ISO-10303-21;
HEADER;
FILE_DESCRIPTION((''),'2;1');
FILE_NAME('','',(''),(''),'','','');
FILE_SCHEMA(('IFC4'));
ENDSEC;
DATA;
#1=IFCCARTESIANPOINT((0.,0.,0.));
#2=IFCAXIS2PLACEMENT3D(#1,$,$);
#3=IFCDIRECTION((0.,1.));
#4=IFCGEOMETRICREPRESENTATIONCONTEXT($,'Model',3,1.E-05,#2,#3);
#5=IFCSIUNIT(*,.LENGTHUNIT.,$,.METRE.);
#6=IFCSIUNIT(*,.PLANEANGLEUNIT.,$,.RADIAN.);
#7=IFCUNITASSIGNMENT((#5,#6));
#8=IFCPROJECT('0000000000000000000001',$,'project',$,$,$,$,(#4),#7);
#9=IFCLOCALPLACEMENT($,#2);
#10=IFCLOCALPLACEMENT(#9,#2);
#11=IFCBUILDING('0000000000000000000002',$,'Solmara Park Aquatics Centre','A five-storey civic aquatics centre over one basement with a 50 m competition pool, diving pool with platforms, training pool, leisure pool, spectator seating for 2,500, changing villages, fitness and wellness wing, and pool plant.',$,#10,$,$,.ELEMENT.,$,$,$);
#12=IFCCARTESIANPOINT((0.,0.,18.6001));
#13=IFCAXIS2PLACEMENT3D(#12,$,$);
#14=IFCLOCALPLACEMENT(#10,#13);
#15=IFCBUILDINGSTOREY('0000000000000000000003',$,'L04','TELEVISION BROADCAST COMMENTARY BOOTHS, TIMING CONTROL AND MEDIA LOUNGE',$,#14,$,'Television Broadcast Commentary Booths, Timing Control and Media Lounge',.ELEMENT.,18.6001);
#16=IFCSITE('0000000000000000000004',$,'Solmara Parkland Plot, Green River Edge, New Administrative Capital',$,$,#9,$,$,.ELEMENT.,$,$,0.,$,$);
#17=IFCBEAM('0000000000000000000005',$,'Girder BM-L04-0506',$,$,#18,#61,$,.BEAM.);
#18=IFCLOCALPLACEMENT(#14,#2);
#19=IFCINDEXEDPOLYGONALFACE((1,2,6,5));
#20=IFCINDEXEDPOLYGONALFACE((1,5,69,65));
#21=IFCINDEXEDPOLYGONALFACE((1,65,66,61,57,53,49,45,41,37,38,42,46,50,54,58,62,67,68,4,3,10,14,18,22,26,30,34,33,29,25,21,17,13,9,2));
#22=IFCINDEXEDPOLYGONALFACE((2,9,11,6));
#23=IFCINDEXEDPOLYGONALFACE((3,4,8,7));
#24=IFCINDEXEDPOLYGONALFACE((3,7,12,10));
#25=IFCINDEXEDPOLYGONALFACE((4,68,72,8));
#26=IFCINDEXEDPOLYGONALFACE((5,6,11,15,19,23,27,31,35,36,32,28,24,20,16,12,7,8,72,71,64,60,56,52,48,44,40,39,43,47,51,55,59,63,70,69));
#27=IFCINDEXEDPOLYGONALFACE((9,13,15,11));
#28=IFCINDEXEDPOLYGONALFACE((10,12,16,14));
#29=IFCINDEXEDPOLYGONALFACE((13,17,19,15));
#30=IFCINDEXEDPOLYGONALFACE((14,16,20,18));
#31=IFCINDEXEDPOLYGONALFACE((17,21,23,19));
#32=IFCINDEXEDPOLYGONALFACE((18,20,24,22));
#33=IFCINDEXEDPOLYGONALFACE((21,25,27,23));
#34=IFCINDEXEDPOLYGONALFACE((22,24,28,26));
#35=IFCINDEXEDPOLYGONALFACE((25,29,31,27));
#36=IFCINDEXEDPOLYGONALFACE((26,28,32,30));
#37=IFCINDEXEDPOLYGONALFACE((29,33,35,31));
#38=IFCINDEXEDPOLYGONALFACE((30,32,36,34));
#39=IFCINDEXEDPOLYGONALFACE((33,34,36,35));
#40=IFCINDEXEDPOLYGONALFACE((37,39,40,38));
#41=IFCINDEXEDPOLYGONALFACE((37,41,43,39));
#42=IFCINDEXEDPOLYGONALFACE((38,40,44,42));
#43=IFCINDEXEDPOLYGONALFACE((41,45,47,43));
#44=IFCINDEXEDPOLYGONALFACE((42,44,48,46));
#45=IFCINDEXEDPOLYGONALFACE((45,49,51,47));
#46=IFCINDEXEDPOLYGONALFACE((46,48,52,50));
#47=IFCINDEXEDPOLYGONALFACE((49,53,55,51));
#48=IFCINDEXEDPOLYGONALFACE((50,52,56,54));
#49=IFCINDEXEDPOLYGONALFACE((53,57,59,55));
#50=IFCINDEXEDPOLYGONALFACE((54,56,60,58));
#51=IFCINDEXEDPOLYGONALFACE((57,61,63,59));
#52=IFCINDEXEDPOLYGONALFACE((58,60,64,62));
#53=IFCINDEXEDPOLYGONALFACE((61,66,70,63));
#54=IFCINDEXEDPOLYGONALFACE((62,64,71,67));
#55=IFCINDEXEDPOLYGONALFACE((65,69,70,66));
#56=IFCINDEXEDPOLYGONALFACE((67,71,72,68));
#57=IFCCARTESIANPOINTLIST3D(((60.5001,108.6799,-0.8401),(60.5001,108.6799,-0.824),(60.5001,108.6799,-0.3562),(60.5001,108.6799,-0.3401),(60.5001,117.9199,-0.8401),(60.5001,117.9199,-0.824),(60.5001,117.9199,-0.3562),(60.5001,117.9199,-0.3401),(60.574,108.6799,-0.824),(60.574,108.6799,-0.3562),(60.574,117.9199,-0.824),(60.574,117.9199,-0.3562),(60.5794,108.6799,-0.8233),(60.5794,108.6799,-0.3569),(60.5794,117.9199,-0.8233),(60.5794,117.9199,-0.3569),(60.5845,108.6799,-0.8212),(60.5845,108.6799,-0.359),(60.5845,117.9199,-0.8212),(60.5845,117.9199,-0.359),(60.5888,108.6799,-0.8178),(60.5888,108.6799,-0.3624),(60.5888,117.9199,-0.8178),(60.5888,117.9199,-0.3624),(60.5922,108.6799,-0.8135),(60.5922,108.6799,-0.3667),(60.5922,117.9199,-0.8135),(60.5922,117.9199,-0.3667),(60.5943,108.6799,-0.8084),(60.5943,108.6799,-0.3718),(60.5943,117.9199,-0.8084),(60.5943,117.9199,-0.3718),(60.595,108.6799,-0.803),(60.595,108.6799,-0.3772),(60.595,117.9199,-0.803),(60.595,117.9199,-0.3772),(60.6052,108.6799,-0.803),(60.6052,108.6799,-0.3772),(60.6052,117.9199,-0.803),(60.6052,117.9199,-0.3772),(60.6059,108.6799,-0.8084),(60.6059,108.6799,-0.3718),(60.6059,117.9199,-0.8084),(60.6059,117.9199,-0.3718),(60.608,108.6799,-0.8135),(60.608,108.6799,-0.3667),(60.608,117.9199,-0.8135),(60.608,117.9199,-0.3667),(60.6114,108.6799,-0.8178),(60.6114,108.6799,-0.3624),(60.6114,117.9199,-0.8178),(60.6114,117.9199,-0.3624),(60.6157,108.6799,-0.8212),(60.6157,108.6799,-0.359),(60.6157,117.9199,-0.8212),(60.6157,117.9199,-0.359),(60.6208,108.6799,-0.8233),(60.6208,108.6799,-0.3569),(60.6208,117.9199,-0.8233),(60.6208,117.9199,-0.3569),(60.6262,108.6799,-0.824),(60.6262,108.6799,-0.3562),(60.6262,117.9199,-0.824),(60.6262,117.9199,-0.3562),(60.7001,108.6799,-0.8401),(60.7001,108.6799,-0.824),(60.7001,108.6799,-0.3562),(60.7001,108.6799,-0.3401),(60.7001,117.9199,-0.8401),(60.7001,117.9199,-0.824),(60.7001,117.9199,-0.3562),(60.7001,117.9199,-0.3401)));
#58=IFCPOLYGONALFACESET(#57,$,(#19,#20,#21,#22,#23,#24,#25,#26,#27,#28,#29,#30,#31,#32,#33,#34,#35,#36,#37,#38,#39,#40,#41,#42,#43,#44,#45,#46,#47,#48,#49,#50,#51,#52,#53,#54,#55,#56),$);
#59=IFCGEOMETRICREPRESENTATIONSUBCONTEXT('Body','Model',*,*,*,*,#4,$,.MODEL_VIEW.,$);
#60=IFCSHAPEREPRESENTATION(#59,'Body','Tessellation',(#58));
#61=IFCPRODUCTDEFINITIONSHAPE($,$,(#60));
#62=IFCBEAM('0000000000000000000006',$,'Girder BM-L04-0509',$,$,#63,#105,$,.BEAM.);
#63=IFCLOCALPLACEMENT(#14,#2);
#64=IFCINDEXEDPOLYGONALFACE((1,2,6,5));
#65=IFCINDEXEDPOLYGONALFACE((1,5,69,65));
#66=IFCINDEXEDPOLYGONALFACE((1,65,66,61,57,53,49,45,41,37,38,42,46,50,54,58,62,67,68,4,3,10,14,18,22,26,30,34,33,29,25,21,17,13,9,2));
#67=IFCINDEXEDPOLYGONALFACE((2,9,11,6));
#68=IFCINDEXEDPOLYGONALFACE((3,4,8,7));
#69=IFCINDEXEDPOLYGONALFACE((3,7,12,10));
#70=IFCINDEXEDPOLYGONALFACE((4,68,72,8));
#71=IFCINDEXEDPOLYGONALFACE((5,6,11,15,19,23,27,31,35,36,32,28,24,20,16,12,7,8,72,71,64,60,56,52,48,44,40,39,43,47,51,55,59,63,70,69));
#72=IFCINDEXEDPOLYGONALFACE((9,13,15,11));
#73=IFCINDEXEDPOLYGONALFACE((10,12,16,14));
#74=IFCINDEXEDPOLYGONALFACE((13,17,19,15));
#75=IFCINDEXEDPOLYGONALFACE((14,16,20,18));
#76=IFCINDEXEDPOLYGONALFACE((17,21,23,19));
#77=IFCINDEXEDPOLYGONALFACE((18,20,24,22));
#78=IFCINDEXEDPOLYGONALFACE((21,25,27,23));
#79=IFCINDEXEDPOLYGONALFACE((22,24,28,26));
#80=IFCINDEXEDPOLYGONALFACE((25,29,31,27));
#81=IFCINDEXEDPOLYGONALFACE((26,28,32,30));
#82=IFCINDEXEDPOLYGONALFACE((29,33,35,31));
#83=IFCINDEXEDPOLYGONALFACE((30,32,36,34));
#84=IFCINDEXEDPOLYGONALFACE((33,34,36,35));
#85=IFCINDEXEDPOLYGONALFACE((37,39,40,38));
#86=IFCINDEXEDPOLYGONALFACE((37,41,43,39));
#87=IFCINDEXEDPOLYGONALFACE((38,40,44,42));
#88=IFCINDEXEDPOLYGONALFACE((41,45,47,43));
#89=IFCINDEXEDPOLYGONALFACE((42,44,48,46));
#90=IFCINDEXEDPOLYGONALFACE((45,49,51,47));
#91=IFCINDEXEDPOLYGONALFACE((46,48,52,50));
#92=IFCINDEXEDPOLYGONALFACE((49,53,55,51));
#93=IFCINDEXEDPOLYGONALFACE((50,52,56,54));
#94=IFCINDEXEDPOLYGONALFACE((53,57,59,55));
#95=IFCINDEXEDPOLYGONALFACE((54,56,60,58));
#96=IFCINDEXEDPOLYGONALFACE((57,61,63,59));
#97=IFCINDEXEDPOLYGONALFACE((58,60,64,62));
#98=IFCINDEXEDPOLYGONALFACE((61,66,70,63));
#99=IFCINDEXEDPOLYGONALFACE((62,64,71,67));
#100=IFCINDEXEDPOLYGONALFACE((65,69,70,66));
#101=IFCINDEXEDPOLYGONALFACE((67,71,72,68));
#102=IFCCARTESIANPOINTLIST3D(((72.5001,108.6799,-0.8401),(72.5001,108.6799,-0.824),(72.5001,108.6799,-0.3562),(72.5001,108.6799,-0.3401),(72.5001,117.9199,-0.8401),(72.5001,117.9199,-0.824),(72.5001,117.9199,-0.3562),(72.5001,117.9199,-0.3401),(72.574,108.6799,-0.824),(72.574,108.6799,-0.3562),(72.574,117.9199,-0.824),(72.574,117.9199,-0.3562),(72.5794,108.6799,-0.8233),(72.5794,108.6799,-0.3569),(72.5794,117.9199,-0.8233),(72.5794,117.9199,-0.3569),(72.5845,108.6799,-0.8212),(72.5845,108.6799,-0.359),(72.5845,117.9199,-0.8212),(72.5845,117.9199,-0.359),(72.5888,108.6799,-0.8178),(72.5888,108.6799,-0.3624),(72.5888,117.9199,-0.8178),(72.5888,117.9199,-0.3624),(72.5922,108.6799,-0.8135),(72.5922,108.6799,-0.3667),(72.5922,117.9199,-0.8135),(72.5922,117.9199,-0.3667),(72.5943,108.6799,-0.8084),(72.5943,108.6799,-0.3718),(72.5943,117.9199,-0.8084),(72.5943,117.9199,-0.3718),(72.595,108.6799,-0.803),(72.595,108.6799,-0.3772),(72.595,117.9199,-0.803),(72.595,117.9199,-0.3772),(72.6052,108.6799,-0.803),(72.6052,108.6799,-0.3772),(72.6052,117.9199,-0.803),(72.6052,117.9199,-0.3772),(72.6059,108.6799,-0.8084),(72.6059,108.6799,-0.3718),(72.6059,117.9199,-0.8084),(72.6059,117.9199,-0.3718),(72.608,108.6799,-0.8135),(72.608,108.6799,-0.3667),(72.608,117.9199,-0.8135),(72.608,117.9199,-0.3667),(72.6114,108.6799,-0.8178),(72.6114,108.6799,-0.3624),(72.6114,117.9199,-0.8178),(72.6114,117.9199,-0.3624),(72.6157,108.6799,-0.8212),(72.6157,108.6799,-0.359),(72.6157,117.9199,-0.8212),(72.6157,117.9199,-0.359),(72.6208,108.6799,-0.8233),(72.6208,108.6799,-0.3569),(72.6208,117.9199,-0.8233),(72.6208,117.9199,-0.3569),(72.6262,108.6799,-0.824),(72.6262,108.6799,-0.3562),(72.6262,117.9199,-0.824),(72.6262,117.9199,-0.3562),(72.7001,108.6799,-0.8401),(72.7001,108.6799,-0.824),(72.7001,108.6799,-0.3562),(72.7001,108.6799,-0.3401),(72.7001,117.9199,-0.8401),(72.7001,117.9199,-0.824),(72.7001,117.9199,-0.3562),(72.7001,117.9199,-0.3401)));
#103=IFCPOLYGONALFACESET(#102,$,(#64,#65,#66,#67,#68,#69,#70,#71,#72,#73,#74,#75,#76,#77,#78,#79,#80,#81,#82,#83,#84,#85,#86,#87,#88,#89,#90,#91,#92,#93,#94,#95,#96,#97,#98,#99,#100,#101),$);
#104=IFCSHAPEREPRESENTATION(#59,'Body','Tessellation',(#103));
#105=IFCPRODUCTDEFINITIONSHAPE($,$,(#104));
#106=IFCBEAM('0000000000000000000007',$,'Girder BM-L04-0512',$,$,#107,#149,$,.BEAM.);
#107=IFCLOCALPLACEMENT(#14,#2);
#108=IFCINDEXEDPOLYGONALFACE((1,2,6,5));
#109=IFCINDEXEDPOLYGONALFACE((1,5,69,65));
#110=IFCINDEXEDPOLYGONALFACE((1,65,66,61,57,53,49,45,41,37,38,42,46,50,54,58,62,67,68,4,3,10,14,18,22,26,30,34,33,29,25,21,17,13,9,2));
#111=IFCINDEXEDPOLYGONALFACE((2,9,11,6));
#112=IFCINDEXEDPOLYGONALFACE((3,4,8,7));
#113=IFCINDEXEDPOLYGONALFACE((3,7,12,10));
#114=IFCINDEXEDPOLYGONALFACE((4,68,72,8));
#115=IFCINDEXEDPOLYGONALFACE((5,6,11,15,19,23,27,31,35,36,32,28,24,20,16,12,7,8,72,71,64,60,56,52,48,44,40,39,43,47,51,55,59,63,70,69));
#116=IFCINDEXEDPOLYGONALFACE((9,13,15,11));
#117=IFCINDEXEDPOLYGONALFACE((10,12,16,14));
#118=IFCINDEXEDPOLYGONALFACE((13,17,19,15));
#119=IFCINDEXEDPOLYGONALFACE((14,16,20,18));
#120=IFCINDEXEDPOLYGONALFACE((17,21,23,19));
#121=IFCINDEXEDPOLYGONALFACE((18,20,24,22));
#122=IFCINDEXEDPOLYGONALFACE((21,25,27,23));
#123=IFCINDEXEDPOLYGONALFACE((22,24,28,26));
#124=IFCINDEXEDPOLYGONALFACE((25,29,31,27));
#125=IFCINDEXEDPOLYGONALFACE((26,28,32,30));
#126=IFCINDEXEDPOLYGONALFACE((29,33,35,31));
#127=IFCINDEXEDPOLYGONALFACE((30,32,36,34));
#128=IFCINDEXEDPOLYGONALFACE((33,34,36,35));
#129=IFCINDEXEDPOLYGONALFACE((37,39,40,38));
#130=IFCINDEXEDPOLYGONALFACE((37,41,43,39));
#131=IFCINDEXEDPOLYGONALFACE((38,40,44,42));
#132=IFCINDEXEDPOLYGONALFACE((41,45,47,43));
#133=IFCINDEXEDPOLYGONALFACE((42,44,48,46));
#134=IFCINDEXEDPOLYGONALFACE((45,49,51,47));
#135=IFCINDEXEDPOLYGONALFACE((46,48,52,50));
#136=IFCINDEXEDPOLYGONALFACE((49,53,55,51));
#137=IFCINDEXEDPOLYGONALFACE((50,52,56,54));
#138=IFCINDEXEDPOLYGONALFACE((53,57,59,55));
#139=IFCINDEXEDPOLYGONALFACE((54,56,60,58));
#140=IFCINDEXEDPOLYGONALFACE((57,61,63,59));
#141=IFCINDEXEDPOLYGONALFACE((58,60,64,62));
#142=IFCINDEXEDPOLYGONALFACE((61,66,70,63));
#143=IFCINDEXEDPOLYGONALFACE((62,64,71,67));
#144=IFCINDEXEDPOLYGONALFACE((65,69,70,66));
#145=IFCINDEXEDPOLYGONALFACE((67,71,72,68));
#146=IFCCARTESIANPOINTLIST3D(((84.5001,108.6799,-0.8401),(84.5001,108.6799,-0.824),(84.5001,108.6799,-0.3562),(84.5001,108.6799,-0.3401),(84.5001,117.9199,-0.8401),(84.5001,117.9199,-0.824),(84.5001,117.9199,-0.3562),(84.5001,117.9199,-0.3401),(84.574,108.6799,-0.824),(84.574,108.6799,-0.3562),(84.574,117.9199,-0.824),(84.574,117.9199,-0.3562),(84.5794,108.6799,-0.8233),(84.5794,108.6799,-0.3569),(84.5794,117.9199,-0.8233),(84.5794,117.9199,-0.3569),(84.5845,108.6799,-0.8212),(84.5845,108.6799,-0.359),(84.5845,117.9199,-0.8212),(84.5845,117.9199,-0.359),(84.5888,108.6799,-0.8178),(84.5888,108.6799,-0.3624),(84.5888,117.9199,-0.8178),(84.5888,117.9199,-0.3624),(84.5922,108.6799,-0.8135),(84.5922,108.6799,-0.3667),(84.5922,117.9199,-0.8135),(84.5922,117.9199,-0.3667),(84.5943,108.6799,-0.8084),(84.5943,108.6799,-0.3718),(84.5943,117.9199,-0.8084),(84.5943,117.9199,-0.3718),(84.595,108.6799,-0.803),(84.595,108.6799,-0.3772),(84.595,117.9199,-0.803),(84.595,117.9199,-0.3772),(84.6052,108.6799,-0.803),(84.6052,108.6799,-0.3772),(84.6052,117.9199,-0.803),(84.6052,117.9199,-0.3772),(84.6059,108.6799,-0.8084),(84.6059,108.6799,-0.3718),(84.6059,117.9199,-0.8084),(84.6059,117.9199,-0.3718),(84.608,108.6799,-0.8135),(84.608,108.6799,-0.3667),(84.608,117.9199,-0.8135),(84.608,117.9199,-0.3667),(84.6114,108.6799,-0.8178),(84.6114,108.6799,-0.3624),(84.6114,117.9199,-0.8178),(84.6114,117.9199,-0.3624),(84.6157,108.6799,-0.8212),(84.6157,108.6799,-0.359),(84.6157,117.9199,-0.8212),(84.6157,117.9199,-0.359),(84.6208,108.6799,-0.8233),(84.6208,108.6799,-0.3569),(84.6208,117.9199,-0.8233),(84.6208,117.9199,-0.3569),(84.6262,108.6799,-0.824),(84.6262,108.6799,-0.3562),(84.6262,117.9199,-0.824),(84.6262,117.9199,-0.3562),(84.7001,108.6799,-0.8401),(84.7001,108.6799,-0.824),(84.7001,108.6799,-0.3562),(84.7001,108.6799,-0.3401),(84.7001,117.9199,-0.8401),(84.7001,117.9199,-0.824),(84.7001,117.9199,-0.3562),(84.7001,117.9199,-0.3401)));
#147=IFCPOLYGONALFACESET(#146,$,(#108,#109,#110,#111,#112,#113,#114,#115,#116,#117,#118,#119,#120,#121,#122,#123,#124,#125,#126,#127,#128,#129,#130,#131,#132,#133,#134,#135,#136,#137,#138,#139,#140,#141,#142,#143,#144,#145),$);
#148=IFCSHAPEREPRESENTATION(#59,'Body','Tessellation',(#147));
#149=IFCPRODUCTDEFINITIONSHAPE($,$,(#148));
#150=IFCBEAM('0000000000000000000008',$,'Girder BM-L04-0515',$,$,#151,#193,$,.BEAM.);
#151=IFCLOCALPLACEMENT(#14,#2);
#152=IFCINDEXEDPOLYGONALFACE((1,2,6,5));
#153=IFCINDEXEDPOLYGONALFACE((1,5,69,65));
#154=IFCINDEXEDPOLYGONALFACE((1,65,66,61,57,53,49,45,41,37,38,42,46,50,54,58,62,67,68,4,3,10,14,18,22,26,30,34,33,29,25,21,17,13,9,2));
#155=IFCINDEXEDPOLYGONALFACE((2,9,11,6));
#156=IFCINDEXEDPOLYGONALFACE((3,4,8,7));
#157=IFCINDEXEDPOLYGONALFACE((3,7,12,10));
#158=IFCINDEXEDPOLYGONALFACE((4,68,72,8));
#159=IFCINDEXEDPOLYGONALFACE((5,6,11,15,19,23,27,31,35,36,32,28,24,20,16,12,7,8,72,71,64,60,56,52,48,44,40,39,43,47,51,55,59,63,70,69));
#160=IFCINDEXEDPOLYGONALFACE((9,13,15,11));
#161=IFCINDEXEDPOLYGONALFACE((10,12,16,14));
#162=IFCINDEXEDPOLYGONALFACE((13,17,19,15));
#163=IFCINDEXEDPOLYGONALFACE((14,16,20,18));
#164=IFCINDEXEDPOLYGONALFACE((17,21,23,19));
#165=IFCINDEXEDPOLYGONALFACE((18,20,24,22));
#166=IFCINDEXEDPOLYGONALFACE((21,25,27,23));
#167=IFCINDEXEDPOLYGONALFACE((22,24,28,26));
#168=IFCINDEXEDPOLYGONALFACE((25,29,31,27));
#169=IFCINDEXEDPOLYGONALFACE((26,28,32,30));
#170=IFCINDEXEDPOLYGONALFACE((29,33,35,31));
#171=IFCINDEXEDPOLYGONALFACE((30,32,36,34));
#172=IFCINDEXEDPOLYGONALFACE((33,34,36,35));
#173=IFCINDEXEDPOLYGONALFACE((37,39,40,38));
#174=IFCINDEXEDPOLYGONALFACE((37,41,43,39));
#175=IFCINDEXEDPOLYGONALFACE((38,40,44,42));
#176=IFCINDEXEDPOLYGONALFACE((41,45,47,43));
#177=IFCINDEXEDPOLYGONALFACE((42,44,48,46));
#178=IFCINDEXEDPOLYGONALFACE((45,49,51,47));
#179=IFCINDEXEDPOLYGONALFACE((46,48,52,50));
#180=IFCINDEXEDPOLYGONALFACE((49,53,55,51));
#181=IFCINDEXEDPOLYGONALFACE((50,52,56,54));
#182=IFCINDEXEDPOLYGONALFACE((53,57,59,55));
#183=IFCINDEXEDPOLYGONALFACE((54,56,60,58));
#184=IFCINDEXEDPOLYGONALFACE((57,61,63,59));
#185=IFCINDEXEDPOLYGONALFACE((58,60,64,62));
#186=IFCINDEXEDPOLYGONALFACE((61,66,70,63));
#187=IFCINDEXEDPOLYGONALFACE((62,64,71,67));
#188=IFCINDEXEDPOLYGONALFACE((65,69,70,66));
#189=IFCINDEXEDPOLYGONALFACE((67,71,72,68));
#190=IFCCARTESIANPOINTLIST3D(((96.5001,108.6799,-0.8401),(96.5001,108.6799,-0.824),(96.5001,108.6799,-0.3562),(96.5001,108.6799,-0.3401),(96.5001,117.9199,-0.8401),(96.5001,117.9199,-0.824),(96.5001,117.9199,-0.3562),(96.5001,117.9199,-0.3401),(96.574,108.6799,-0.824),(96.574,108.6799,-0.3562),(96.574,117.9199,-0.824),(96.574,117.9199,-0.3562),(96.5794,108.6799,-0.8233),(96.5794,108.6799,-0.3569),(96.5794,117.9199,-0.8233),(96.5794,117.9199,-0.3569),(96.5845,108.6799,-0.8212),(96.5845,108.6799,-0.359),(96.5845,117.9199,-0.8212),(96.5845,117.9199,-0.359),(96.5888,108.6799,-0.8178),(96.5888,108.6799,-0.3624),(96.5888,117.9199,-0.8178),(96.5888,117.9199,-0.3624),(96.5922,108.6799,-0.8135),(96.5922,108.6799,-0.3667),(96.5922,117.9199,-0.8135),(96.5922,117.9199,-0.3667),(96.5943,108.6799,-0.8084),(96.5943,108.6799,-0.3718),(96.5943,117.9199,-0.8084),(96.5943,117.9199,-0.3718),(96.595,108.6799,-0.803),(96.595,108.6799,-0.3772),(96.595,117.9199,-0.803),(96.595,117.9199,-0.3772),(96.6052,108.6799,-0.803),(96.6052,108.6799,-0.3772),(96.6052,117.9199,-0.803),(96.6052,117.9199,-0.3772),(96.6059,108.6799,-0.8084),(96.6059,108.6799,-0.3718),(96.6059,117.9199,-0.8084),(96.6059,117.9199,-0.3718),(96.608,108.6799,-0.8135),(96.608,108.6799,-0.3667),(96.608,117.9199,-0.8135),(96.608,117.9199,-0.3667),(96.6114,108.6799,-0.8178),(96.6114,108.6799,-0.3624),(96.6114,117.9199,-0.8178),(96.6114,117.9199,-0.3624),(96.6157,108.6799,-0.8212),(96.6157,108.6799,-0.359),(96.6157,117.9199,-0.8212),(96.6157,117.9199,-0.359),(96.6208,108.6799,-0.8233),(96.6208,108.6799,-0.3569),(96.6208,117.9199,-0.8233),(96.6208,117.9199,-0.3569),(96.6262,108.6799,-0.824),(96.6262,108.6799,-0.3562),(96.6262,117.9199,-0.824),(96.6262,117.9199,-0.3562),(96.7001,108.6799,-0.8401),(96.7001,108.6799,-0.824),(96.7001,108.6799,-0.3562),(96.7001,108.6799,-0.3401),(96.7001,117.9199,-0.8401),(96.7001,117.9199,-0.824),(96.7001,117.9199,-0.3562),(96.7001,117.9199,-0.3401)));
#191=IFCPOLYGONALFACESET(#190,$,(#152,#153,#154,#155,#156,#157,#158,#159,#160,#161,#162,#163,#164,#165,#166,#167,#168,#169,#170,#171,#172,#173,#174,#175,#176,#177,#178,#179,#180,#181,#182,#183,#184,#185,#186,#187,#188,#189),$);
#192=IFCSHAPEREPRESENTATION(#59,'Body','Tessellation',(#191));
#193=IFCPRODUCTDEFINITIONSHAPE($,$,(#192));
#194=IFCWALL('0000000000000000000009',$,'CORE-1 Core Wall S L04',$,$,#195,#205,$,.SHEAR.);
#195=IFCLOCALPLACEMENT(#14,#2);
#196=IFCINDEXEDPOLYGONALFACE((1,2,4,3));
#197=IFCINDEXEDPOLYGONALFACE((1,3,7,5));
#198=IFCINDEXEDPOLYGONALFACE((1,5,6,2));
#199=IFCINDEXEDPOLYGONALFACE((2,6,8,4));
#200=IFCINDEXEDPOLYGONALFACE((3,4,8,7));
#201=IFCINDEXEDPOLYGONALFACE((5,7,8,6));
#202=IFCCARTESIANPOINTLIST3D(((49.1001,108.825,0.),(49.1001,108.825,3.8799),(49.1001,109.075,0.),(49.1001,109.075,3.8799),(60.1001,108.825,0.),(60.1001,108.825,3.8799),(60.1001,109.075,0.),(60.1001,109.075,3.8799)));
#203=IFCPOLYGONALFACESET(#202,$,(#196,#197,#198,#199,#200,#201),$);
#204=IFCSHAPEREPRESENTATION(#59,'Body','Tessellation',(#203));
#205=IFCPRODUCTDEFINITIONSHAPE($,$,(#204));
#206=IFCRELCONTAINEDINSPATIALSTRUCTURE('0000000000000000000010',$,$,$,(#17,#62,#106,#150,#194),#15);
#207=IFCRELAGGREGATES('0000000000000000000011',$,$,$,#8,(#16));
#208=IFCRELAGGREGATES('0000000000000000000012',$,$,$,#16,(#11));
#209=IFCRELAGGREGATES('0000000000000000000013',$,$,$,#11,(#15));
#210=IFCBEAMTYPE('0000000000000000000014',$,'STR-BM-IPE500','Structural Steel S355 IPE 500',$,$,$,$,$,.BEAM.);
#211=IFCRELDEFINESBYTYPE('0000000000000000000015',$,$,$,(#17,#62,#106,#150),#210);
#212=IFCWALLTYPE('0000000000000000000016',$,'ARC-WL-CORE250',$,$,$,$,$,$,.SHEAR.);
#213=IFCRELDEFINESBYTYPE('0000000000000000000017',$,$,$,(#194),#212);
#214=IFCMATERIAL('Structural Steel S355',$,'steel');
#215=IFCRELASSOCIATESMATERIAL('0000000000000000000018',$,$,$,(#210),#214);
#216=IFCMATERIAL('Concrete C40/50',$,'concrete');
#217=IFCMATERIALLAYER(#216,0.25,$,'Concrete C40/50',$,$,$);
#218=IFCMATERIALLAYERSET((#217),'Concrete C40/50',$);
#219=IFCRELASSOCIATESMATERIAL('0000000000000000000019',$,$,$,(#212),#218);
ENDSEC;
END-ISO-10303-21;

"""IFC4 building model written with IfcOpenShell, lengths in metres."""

from ifc_helpers import new_model, si_unit, direction, frame, frame_2d, origin, origin_2d, place, context, subcontext, project, spatial, rectangle, i_section, extrude, material, layer, layer_set, material_profile, profile_set, type_object, element, save


model = new_model("IFC4")

# Units and contexts
model_context = context("Model", 3, precision=1e-05, world=origin(), true_north=direction((0.0, 1.0)))
body_context = subcontext(model_context, "Body", "Model", "MODEL_VIEW")
ifc_project = project(units=[si_unit("LENGTHUNIT", "METRE"), si_unit("PLANEANGLEUNIT", "RADIAN")], contexts=[model_context])

# Site, building, storey
site_placement = place(None, origin())
site = spatial("IfcSite", under=ifc_project, at=site_placement, Name="Solmara Parkland Plot, Green River Edge, New Administrative Capital", CompositionType="ELEMENT", RefElevation=0.0)
building_placement = place(site_placement, origin())
building = spatial("IfcBuilding", under=site, at=building_placement, Name="Solmara Park Aquatics Centre", Description="A five-storey civic aquatics centre over one basement with a 50 m competition pool, diving pool with platforms, training pool, leisure pool, spectator seating for 2,500, changing villages, fitness and wellness wing, and pool plant.", CompositionType="ELEMENT")
storey_placement = place(building_placement, frame((0.0, 0.0, 18.6001)))
storey = spatial("IfcBuildingStorey", under=building, at=storey_placement, Name="L04", Description="TELEVISION BROADCAST COMMENTARY BOOTHS, TIMING CONTROL AND MEDIA LOUNGE", LongName="Television Broadcast Commentary Booths, Timing Control and Media Lounge", CompositionType="ELEMENT", Elevation=18.6001)

# Beams
ifc_material_1 = material(Name="Structural Steel S355", Category="steel")
ifc_material_profile = material_profile(ifc_material_1, i_section(OverallWidth=0.2, OverallDepth=0.5, WebThickness=0.0103, FlangeThickness=0.0161, FilletRadius=0.021, at=origin_2d()), Name="IPE 500")
ifc_profile_set = profile_set([ifc_material_profile], Name="Structural Steel S355")
beam_type = type_object("IfcBeamType", Name="STR-BM-IPE500", Description="Structural Steel S355 IPE 500", PredefinedType="BEAM", material=ifc_profile_set)
for number, where, z_axis, x_axis, name in (
    (1, (60.6001, 108.6799, -0.5901), (0.0, 1.0, 0.0), (-1.0, 0.0, 0.0), "Girder BM-L04-0506"),
    (2, (72.6001, 108.6799, -0.5901), (0.0, 1.0, 0.0), (-1.0, 0.0, 0.0), "Girder BM-L04-0509"),
    (3, (84.6001, 108.6799, -0.5901), (0.0, 1.0, 0.0), (-1.0, 0.0, 0.0), "Girder BM-L04-0512"),
    (4, (96.6001, 108.6799, -0.5901), (0.0, 1.0, 0.0), (-1.0, 0.0, 0.0), "Girder BM-L04-0515"),
):
    element("IfcBeam", number, at=place(storey_placement, frame(where, z_axis=z_axis, x_axis=x_axis)), inside=storey, type_object=beam_type, Name=name, PredefinedType="BEAM", context=body_context, shape_type="SweptSolid", body=[
        extrude(i_section(OverallWidth=0.2, OverallDepth=0.5, WebThickness=0.0103, FlangeThickness=0.0161, FilletRadius=0.021, at=origin_2d()), origin(), (0.0, 0.0, 1.0), 9.24),
    ])

# Wall
ifc_material_2 = material(Name="Concrete C40/50", Category="concrete")
ifc_layer_1 = layer(ifc_material_2, 0.25, Name="Concrete C40/50")
ifc_layer_set_1 = layer_set([ifc_layer_1], Name="Concrete C40/50")
wall_type_1 = type_object("IfcWallType", Name="ARC-WL-CORE250", PredefinedType="SHEAR", material=ifc_layer_set_1)
wall_1_placement = place(storey_placement, frame((49.1001, 108.95, 0.0), z_axis=(0.0, 0.0, 1.0), x_axis=(1.0, 0.0, 0.0)))
element("IfcWall", 5, at=wall_1_placement, inside=storey, type_object=wall_type_1, Name="CORE-1 Core Wall S L04", PredefinedType="SHEAR", context=body_context, shape_type="SweptSolid", body=[
    extrude(rectangle(XDim=11.0, YDim=0.25, at=frame_2d((5.5, 0.0))), origin(), (0.0, 0.0, 1.0), 3.8799),
])

save(model, "model.ifc")
